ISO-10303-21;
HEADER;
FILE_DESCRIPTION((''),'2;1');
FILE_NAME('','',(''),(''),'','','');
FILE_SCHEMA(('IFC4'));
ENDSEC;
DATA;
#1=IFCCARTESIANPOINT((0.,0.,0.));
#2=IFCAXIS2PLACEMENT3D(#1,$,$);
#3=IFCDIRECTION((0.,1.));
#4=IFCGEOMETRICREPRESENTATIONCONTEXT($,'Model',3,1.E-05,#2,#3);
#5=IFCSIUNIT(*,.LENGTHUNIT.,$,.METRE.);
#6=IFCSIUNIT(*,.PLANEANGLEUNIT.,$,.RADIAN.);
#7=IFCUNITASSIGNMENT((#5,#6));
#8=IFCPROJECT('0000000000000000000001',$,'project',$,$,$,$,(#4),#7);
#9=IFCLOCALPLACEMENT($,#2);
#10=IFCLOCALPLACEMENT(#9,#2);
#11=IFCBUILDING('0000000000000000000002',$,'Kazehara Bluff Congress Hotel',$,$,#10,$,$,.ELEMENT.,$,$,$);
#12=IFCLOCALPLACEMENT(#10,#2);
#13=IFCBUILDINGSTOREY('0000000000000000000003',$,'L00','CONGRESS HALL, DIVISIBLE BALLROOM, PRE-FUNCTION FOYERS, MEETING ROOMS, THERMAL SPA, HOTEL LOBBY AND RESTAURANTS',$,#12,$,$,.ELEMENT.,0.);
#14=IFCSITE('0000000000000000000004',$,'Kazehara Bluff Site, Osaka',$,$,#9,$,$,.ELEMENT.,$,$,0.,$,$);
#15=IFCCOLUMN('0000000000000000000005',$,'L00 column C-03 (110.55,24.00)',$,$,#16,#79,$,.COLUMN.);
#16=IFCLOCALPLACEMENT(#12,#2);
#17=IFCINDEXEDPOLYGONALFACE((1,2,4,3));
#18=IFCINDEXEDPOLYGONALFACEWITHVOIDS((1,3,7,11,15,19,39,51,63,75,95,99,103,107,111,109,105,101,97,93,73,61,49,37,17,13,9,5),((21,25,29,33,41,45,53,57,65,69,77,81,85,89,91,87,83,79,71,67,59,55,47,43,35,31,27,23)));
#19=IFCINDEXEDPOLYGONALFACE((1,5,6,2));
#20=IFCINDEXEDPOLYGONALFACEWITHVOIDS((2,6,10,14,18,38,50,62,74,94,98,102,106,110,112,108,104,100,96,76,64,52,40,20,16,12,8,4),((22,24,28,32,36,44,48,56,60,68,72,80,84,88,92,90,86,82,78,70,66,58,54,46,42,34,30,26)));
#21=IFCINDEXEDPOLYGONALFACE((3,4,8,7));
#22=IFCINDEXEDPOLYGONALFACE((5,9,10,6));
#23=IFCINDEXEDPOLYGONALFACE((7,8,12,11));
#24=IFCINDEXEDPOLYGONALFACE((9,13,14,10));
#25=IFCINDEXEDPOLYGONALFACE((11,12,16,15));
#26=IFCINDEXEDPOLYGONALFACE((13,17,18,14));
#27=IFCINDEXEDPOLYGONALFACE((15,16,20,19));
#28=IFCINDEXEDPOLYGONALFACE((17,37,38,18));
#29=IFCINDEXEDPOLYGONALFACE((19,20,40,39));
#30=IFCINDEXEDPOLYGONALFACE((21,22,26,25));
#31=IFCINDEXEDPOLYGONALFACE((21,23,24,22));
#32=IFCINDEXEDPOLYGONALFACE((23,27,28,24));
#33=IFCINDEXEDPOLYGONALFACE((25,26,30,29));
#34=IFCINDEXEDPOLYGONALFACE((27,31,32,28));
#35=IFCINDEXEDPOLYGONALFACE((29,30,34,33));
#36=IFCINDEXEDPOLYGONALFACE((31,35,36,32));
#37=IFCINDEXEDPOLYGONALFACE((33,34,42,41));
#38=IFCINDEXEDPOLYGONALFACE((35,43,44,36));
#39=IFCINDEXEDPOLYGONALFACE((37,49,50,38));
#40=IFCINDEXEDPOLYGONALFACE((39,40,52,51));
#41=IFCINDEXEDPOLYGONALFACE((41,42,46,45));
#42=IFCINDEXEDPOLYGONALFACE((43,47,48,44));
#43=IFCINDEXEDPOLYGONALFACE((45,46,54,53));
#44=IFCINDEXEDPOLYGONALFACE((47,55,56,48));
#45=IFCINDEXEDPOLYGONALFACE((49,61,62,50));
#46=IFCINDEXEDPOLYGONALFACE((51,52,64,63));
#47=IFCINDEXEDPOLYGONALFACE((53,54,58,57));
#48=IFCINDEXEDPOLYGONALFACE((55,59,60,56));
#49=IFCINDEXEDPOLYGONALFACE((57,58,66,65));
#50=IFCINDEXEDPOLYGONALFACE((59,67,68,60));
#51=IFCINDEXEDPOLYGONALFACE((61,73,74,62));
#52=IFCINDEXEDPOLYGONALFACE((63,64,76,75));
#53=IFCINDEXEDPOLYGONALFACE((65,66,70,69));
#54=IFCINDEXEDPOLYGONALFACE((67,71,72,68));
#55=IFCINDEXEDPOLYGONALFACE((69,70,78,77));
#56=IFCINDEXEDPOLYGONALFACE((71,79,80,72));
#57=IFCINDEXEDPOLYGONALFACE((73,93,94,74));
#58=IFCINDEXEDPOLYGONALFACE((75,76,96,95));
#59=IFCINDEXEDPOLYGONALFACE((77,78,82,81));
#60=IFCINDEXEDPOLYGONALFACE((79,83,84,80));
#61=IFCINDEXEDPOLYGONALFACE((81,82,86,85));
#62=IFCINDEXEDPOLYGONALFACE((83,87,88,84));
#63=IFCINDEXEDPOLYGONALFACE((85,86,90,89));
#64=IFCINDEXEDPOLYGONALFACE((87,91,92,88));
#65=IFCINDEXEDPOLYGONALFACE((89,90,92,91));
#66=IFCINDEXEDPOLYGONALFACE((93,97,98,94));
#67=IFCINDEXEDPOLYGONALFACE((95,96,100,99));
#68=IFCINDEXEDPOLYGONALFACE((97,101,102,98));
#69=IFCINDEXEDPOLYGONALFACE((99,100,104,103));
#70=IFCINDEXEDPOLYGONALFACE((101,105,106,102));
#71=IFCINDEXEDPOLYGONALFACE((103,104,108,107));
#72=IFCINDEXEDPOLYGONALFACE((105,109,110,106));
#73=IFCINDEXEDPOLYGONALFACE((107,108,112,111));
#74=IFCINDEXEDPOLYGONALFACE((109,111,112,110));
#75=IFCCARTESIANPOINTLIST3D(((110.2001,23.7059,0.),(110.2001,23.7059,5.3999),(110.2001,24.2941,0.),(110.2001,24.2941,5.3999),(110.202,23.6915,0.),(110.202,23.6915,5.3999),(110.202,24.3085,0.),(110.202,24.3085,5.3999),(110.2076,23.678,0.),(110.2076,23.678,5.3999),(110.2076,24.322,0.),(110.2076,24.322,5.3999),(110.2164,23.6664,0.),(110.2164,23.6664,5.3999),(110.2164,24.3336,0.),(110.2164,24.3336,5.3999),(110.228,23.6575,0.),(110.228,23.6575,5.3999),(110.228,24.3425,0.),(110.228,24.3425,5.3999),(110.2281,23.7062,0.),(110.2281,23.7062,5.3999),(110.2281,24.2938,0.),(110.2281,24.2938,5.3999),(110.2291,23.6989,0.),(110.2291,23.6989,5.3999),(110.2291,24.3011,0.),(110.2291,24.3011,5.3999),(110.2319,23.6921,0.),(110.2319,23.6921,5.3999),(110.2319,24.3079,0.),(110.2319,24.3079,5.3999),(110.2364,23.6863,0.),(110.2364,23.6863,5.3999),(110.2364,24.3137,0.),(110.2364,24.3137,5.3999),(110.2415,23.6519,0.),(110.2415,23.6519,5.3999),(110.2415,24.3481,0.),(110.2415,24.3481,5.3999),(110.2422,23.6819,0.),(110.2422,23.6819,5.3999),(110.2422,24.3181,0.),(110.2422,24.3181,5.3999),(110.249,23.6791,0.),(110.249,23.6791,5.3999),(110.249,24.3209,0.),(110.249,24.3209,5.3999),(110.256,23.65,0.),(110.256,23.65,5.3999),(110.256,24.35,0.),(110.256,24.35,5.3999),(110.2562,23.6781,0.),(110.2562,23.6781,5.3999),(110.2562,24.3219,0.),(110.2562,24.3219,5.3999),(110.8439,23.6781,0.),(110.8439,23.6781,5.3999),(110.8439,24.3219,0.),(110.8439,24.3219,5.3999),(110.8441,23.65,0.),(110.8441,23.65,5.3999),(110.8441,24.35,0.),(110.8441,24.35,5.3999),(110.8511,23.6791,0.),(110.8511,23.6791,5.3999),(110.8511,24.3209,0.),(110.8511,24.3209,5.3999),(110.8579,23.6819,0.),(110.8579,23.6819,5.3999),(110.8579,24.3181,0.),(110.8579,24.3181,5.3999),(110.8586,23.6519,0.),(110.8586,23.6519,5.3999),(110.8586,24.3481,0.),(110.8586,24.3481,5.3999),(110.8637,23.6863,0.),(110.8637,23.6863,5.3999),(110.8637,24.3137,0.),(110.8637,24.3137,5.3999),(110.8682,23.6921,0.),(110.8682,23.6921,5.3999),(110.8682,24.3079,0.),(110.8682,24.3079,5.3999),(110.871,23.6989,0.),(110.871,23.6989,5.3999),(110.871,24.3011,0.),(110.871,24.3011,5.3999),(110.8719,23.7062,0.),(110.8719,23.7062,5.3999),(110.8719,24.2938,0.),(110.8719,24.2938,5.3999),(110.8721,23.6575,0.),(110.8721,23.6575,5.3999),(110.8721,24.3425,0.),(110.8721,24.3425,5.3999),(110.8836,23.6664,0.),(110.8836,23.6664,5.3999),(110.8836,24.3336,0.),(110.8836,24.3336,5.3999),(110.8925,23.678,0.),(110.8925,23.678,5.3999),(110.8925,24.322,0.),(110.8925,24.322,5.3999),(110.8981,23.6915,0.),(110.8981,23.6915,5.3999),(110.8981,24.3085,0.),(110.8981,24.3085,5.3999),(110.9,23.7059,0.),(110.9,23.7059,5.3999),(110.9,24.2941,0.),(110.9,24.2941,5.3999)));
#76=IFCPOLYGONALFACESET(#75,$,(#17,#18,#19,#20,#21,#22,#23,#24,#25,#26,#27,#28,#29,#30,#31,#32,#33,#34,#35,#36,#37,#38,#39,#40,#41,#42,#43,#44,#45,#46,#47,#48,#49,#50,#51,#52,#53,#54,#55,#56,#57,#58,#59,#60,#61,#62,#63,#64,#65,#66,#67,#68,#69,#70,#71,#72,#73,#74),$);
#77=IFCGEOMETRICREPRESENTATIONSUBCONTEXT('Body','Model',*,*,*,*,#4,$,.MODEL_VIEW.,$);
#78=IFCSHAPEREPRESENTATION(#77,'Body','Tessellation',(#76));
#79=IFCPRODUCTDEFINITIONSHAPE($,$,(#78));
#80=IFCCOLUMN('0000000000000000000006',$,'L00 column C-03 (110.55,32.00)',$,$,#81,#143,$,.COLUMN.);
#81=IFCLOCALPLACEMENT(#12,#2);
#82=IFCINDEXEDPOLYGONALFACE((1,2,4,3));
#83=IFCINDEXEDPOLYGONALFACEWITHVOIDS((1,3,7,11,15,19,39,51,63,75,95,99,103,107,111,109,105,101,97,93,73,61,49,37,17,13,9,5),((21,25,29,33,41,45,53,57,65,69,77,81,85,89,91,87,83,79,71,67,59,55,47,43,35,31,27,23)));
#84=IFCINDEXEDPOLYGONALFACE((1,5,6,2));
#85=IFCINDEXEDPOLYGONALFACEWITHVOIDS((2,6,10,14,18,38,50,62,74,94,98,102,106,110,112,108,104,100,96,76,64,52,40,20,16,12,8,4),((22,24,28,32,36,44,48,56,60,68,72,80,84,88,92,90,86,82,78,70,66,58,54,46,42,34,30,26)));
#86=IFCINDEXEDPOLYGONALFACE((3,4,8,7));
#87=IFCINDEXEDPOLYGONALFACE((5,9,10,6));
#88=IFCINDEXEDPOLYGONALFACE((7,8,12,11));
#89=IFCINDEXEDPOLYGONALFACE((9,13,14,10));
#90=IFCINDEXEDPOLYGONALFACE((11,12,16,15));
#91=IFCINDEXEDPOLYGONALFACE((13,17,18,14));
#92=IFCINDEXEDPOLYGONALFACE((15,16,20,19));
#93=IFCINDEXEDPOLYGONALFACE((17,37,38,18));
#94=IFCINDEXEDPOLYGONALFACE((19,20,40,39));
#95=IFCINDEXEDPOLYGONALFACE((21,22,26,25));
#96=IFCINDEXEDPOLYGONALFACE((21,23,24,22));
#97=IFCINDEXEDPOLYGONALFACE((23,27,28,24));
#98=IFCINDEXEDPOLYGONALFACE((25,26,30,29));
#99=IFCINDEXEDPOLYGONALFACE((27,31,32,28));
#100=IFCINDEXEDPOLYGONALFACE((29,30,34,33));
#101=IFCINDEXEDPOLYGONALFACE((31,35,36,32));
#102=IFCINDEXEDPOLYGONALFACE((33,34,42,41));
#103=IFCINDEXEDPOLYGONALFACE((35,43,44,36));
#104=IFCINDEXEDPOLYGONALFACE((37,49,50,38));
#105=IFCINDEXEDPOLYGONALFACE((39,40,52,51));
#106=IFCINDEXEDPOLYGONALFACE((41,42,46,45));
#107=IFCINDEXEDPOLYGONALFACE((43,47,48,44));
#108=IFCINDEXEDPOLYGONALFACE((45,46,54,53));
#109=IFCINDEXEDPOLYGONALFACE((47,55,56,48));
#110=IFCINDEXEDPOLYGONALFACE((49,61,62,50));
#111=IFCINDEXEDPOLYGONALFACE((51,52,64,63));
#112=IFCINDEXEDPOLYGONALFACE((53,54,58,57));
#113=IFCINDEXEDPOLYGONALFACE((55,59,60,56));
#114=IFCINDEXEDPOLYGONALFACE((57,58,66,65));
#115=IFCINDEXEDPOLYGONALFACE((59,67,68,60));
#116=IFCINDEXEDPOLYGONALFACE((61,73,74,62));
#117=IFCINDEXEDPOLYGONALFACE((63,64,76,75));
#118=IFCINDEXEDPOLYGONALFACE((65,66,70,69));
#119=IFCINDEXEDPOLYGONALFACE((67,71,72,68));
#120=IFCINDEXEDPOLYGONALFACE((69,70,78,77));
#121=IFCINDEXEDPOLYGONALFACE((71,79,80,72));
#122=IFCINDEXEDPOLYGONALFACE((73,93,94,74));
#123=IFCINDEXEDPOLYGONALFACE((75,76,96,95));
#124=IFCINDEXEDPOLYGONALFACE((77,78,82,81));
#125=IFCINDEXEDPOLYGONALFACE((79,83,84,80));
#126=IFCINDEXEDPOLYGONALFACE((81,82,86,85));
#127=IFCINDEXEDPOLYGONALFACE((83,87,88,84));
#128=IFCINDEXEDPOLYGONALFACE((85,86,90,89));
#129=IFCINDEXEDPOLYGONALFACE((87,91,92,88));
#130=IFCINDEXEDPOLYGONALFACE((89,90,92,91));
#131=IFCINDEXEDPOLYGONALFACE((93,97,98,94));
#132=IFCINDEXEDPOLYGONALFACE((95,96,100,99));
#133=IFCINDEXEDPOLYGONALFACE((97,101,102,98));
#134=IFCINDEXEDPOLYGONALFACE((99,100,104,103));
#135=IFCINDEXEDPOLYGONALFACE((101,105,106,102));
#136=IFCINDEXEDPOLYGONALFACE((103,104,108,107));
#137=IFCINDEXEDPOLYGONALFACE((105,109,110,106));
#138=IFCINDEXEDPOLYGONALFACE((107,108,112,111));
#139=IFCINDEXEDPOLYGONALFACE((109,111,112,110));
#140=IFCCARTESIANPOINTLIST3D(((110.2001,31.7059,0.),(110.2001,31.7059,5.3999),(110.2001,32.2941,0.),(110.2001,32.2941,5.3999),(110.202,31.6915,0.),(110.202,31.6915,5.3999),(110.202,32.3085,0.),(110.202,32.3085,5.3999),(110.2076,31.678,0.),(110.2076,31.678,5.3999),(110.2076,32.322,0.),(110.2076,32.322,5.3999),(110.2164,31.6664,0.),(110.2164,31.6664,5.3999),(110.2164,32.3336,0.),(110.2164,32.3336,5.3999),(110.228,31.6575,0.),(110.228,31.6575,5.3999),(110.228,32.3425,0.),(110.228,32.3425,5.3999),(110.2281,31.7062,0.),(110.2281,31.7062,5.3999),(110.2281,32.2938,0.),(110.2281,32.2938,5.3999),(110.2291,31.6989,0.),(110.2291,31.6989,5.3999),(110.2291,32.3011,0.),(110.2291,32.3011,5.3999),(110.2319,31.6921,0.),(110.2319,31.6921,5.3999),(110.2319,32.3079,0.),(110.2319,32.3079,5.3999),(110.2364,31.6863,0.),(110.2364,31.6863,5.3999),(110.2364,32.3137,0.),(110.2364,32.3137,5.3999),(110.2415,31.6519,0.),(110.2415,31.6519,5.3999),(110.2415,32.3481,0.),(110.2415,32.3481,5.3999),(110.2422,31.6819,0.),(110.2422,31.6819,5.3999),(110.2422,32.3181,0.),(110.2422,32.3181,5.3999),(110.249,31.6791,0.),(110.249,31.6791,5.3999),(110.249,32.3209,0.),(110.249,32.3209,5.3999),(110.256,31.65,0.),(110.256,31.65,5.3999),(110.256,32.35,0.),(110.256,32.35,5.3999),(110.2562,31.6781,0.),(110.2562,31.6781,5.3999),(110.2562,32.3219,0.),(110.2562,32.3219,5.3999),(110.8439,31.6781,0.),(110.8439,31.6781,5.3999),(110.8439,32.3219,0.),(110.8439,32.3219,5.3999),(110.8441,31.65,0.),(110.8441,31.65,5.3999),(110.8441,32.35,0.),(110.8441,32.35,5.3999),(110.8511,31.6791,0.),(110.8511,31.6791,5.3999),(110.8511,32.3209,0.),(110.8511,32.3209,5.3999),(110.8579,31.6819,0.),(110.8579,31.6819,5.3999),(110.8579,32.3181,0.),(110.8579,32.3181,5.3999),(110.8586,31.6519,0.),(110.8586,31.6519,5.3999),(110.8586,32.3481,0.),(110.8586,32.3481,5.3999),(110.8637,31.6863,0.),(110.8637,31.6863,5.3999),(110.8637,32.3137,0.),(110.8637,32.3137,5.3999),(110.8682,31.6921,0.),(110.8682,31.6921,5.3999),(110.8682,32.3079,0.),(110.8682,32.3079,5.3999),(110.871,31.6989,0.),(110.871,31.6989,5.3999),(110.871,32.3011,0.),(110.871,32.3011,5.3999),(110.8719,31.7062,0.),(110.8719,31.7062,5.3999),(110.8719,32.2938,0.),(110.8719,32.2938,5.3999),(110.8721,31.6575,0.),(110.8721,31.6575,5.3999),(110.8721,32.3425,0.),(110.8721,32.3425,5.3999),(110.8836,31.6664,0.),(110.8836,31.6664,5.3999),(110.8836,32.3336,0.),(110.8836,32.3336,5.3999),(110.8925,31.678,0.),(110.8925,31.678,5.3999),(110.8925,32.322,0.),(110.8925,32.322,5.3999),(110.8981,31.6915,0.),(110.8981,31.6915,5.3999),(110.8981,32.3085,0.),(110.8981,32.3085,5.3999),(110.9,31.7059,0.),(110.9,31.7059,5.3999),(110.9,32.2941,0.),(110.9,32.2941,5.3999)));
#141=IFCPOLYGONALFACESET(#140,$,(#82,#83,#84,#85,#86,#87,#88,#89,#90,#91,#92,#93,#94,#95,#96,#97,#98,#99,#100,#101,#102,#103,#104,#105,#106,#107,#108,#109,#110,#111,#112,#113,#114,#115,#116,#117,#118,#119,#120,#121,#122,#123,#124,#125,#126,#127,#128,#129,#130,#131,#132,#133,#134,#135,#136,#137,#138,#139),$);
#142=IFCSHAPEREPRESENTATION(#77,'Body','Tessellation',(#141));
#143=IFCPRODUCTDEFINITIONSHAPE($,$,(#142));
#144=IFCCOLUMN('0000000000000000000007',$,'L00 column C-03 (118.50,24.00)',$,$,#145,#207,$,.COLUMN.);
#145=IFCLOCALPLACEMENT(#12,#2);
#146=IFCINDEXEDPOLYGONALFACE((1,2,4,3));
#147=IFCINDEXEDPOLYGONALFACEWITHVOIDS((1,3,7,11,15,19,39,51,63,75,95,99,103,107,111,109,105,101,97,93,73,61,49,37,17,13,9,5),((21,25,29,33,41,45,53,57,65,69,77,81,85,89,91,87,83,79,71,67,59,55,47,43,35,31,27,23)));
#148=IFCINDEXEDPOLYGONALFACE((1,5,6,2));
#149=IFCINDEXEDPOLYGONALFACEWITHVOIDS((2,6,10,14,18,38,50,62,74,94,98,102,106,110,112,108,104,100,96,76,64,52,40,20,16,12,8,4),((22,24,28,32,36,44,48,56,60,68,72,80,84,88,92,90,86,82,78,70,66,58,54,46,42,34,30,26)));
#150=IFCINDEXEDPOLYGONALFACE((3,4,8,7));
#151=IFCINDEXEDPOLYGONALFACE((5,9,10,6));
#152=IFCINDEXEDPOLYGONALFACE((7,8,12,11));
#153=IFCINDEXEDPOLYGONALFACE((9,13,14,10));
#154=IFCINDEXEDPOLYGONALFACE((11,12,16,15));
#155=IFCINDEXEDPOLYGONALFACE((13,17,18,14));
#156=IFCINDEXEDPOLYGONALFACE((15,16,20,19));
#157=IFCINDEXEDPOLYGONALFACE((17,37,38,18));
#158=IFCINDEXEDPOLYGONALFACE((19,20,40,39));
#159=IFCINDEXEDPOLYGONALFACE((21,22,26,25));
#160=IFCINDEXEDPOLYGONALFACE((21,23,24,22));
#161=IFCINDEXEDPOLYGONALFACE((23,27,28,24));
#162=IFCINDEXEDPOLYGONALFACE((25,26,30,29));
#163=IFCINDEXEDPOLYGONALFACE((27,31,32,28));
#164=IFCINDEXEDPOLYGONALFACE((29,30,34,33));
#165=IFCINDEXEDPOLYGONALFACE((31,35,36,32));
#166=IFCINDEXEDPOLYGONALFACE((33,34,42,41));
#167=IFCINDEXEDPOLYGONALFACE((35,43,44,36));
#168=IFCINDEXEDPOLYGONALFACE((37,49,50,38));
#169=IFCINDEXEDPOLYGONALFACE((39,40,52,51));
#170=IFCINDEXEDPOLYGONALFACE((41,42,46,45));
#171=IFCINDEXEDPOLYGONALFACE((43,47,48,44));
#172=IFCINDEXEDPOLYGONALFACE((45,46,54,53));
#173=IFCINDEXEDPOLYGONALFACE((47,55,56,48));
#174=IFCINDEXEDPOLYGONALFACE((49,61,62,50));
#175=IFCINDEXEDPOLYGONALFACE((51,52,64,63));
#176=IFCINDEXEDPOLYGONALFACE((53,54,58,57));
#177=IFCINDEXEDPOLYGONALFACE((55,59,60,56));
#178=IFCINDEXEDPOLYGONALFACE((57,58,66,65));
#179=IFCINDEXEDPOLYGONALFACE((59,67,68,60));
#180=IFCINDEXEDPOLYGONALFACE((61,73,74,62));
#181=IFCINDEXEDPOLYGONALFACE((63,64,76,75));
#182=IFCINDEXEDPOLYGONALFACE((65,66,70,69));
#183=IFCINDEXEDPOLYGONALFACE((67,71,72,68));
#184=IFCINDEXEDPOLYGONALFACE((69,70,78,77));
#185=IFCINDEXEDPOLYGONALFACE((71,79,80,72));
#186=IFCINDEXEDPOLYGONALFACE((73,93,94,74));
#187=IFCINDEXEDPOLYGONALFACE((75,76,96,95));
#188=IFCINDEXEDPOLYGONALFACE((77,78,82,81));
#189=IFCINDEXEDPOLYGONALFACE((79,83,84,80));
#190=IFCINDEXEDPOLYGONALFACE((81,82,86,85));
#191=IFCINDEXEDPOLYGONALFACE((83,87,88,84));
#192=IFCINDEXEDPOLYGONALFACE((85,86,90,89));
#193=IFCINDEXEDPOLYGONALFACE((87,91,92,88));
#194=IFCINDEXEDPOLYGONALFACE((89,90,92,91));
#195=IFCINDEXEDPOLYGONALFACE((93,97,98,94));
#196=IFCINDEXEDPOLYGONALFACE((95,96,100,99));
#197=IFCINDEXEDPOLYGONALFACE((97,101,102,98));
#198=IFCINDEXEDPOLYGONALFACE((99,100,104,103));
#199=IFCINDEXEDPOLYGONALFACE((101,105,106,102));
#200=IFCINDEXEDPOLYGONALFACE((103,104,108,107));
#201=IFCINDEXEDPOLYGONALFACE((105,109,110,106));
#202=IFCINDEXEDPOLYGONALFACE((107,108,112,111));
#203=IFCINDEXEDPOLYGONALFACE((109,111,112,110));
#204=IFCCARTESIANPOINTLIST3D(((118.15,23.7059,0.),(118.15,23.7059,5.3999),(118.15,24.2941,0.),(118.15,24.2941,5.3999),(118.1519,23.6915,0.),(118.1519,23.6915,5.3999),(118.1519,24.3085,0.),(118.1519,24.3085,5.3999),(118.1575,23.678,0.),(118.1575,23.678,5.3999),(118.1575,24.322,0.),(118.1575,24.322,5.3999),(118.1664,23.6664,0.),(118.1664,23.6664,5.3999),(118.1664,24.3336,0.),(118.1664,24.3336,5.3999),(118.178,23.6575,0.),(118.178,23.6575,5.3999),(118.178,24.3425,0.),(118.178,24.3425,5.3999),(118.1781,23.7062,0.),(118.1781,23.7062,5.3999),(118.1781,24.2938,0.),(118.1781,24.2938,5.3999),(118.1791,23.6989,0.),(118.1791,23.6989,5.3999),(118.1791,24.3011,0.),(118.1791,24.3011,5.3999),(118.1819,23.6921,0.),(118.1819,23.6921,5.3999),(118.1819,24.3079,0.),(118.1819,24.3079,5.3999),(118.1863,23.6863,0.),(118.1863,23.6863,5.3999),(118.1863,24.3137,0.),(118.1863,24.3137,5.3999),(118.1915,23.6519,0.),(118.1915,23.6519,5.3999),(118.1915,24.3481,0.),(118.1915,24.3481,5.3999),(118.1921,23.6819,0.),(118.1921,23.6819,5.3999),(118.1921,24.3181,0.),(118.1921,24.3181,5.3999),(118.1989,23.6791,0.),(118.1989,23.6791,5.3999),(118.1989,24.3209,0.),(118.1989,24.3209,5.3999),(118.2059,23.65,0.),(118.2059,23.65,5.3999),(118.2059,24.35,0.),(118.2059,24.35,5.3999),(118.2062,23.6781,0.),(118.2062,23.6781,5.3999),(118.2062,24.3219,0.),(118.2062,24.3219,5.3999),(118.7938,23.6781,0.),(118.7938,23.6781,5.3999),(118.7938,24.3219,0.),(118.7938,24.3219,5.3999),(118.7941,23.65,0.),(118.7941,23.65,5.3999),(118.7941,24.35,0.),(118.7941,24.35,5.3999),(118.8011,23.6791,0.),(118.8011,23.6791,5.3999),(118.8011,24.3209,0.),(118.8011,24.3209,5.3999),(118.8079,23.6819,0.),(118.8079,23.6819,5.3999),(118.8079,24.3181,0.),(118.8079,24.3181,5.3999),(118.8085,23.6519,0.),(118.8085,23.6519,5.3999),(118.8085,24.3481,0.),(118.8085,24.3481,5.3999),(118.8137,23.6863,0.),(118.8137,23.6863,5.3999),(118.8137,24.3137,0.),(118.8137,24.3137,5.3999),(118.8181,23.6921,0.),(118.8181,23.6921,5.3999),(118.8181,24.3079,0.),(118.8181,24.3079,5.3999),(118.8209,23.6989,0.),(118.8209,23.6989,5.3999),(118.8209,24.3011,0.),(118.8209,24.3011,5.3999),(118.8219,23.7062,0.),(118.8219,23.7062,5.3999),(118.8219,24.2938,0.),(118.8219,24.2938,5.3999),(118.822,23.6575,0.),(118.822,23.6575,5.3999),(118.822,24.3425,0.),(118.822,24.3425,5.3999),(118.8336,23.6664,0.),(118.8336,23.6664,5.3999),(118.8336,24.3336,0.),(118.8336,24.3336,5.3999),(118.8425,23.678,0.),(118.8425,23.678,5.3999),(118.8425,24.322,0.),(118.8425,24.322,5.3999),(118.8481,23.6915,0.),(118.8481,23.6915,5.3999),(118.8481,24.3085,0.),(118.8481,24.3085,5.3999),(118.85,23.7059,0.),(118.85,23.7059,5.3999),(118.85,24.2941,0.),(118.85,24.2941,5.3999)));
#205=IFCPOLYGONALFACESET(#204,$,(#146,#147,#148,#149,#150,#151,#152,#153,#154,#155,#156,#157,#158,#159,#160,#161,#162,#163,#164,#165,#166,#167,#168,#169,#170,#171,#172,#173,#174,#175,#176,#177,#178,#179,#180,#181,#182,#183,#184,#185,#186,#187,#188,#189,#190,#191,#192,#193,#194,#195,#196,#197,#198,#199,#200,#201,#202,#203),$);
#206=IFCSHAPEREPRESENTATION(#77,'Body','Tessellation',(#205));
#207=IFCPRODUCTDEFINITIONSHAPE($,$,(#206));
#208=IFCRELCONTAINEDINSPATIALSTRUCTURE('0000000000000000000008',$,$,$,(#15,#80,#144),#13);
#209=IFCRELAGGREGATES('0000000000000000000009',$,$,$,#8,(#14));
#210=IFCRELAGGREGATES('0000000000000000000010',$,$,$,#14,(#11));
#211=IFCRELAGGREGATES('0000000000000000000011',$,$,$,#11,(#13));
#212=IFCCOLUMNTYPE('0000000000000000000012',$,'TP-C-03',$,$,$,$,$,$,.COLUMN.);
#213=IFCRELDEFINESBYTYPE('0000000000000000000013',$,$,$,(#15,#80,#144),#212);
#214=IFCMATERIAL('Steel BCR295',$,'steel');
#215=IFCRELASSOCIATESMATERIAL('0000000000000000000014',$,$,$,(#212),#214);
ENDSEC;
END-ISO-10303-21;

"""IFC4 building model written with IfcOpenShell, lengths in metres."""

from ifc_helpers import new_model, si_unit, direction, frame, origin, origin_2d, place, context, subcontext, project, spatial, hollow_rectangle, extrude, material, material_profile, profile_set, type_object, element, save


model = new_model("IFC4")

# Units and contexts
model_context = context("Model", 3, precision=1e-05, world=origin(), true_north=direction((0.0, 1.0)))
body_context = subcontext(model_context, "Body", "Model", "MODEL_VIEW")
ifc_project = project(units=[si_unit("LENGTHUNIT", "METRE"), si_unit("PLANEANGLEUNIT", "RADIAN")], contexts=[model_context])

# Site, building, storey
site_placement = place(None, origin())
site = spatial("IfcSite", under=ifc_project, at=site_placement, Name="Kazehara Bluff Site, Osaka", CompositionType="ELEMENT", RefElevation=0.0)
building_placement = place(site_placement, origin())
building = spatial("IfcBuilding", under=site, at=building_placement, Name="Kazehara Bluff Congress Hotel", CompositionType="ELEMENT")
storey_placement = place(building_placement, origin())
storey = spatial("IfcBuildingStorey", under=building, at=storey_placement, Name="L00", Description="CONGRESS HALL, DIVISIBLE BALLROOM, PRE-FUNCTION FOYERS, MEETING ROOMS, THERMAL SPA, HOTEL LOBBY AND RESTAURANTS", CompositionType="ELEMENT", Elevation=0.0)

# Columns
ifc_material_1 = material(Name="Steel BCR295", Category="steel")
ifc_material_profile_1 = material_profile(ifc_material_1, hollow_rectangle(XDim=0.7, YDim=0.7, WallThickness=0.0281, InnerFilletRadius=0.0281, OuterFilletRadius=0.0559, at=origin_2d()))
ifc_profile_set_1 = profile_set([ifc_material_profile_1], Name="Steel BCR295")
column_type = type_object("IfcColumnType", Name="TP-C-03", PredefinedType="COLUMN", material=ifc_profile_set_1)
for number, where, z_axis, x_axis, name in (
    (1, (110.55, 24.0, 0.0), (0.0, 0.0, 1.0), (1.0, 0.0, 0.0), "L00 column C-03 (110.55,24.00)"),
    (2, (110.55, 32.0, 0.0), (0.0, 0.0, 1.0), (1.0, 0.0, 0.0), "L00 column C-03 (110.55,32.00)"),
    (3, (118.5, 24.0, 0.0), (0.0, 0.0, 1.0), (1.0, 0.0, 0.0), "L00 column C-03 (118.50,24.00)"),
):
    element("IfcColumn", number, at=place(storey_placement, frame(where, z_axis=z_axis, x_axis=x_axis)), inside=storey, type_object=column_type, Name=name, PredefinedType="COLUMN", context=body_context, shape_type="SweptSolid", body=[
        extrude(hollow_rectangle(XDim=0.7, YDim=0.7, WallThickness=0.0281, InnerFilletRadius=0.0281, OuterFilletRadius=0.0559, at=origin_2d()), origin(), (0.0, 0.0, 1.0), 5.3999),
    ])

save(model, "model.ifc")
